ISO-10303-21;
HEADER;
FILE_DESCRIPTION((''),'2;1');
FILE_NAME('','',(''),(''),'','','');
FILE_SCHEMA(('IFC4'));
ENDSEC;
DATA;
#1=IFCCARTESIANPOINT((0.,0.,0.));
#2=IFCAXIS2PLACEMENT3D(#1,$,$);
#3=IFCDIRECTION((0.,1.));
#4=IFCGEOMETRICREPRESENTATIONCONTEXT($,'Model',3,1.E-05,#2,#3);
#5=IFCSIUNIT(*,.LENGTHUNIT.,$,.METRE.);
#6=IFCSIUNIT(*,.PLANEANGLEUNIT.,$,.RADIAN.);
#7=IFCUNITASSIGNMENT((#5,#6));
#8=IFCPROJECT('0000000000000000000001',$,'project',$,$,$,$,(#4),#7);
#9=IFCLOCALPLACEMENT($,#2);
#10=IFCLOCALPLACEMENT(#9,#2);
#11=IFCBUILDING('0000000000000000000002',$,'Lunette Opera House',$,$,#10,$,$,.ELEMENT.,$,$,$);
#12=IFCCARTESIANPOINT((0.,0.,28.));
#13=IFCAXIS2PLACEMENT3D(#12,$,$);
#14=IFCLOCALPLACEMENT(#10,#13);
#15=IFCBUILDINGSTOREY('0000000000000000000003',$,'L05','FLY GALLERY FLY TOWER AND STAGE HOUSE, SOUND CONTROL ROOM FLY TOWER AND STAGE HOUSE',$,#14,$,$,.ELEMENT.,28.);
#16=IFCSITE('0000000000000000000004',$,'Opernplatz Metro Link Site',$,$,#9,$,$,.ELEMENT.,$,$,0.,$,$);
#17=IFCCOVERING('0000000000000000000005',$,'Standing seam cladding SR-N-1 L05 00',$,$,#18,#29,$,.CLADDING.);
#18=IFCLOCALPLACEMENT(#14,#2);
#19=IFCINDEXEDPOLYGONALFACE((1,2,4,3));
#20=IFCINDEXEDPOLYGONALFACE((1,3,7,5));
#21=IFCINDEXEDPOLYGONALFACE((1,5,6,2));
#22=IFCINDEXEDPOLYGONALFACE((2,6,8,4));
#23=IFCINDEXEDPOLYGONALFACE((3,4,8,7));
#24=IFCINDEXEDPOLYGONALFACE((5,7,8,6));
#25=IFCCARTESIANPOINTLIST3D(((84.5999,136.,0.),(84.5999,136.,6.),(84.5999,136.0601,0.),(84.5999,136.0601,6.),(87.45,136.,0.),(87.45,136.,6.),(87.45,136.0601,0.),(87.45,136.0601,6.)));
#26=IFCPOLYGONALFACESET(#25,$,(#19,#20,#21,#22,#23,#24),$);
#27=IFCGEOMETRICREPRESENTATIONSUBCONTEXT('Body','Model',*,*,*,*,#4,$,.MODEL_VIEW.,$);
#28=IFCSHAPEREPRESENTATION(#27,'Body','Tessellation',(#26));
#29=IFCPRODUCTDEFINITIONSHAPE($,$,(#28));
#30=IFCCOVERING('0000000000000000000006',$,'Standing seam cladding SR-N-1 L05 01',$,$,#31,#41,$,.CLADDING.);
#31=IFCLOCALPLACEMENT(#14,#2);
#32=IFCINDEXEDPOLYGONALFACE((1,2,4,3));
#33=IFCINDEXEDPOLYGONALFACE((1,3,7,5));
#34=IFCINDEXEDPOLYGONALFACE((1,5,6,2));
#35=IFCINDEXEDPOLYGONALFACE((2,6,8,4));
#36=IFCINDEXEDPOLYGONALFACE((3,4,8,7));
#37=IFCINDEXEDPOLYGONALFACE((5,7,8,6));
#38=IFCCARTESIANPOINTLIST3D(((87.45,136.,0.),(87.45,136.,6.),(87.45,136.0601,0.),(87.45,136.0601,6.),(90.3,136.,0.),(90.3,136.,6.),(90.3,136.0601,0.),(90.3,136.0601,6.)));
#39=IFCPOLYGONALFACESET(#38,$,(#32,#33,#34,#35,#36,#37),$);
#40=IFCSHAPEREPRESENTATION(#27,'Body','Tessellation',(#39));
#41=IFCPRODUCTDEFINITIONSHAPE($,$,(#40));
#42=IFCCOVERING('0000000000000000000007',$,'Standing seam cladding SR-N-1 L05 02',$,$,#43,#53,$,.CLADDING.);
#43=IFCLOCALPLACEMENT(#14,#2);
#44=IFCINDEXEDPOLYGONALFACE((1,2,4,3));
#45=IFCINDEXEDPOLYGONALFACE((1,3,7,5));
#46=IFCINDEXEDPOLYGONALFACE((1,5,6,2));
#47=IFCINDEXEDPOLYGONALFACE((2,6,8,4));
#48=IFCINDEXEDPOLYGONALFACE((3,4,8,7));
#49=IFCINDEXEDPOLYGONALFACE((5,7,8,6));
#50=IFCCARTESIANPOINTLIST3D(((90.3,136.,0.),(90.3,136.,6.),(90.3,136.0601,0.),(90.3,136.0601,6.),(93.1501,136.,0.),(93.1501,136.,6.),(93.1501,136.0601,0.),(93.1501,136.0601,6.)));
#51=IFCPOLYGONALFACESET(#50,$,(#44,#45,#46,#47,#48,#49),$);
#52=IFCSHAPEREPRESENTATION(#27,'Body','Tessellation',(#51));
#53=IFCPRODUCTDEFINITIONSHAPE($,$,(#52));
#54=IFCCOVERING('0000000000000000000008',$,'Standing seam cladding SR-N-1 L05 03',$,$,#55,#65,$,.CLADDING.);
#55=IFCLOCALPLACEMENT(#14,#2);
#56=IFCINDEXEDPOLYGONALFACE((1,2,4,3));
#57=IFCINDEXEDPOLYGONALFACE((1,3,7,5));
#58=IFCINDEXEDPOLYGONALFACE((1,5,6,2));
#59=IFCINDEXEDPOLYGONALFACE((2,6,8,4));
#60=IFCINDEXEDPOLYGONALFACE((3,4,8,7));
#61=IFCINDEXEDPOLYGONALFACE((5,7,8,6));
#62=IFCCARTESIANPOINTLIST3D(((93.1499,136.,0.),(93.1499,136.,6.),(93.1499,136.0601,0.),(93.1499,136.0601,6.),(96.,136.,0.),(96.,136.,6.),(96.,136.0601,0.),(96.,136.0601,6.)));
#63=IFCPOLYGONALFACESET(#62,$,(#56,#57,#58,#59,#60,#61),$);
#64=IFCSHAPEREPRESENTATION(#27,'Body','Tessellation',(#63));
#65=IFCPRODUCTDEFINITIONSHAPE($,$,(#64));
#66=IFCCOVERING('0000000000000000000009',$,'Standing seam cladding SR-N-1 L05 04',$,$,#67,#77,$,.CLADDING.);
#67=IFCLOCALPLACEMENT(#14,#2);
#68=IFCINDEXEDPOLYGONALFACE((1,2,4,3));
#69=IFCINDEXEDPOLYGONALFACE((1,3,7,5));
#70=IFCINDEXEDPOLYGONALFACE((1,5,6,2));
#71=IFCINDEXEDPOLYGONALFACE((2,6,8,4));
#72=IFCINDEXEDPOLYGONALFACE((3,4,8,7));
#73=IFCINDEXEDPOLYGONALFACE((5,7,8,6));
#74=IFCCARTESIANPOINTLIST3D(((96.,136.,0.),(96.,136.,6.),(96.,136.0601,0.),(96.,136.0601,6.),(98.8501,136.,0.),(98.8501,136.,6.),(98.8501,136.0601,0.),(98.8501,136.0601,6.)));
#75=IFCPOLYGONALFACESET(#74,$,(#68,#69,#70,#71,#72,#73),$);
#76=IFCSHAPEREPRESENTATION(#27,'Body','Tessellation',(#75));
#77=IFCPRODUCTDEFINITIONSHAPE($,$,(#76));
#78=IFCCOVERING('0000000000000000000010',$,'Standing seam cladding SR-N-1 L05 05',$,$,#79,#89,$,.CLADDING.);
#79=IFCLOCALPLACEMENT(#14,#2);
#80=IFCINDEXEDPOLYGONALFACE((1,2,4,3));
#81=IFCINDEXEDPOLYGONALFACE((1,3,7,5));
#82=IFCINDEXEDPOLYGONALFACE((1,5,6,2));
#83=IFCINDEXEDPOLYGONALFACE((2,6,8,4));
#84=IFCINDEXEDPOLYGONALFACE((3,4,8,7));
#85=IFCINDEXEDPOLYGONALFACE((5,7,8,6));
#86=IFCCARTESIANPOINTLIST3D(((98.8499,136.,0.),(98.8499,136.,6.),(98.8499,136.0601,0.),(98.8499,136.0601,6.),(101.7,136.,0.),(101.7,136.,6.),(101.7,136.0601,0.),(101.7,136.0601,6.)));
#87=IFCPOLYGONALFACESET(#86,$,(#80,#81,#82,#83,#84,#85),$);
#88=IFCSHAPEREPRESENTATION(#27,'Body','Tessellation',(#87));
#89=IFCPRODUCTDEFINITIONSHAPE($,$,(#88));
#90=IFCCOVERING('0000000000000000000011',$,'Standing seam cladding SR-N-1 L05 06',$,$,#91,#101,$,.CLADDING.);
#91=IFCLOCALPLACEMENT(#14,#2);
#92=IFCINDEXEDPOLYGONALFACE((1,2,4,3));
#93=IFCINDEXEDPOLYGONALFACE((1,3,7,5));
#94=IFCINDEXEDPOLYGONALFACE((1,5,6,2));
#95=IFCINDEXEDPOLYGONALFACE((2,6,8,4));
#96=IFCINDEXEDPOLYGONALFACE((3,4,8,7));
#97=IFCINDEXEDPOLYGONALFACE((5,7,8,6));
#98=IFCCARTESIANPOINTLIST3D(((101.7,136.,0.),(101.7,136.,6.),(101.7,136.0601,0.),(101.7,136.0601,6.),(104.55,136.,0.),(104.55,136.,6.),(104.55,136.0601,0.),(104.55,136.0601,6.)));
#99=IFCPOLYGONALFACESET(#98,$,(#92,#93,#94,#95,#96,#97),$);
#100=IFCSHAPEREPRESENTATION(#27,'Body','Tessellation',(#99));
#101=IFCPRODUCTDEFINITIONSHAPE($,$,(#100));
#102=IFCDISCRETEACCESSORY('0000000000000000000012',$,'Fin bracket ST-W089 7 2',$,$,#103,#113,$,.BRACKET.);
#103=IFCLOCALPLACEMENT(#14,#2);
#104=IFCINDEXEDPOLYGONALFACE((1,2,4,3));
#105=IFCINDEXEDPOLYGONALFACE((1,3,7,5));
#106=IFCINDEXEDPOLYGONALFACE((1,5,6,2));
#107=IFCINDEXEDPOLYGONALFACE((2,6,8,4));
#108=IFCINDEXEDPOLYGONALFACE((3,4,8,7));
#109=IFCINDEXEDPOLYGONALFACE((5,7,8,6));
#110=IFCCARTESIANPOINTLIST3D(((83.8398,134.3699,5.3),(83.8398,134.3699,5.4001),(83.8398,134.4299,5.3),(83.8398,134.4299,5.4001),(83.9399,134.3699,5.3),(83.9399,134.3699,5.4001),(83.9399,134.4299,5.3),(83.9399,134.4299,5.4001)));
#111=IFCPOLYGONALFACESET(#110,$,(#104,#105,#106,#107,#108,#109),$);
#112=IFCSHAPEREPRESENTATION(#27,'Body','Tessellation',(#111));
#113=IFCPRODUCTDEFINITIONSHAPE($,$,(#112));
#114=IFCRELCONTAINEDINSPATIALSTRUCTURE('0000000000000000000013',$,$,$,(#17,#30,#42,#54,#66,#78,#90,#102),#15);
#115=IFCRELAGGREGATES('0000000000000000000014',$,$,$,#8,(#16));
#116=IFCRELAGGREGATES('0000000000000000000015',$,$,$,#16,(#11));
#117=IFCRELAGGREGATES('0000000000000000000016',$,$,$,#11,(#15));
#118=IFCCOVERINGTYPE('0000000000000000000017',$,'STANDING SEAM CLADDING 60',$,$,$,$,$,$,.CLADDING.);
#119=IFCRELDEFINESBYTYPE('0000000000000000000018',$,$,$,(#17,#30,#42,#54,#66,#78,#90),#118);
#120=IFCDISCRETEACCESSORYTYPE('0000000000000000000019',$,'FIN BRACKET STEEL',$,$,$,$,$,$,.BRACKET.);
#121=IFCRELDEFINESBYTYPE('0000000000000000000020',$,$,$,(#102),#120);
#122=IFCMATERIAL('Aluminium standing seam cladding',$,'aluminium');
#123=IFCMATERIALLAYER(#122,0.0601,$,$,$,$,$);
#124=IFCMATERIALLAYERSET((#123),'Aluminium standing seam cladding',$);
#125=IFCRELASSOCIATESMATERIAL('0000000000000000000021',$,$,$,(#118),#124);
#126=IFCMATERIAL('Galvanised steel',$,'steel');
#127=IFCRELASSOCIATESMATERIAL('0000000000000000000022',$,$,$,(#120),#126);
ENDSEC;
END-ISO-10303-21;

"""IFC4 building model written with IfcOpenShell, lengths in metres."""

from ifc_helpers import new_model, si_unit, direction, frame, origin, origin_2d, place, context, subcontext, project, spatial, rectangle, extrude, material, layer, layer_set, type_object, element, save


model = new_model("IFC4")

# Units and contexts
model_context = context("Model", 3, precision=1e-05, world=origin(), true_north=direction((0.0, 1.0)))
body_context = subcontext(model_context, "Body", "Model", "MODEL_VIEW")
ifc_project = project(units=[si_unit("LENGTHUNIT", "METRE"), si_unit("PLANEANGLEUNIT", "RADIAN")], contexts=[model_context])

# Site, building, storey
site_placement = place(None, origin())
site = spatial("IfcSite", under=ifc_project, at=site_placement, Name="Opernplatz Metro Link Site", CompositionType="ELEMENT", RefElevation=0.0)
building_placement = place(site_placement, origin())
building = spatial("IfcBuilding", under=site, at=building_placement, Name="Lunette Opera House", CompositionType="ELEMENT")
storey_placement = place(building_placement, frame((0.0, 0.0, 28.0)))
storey = spatial("IfcBuildingStorey", under=building, at=storey_placement, Name="L05", Description="FLY GALLERY FLY TOWER AND STAGE HOUSE, SOUND CONTROL ROOM FLY TOWER AND STAGE HOUSE", CompositionType="ELEMENT", Elevation=28.0)

# Coverings
ifc_material_1 = material(Name="Aluminium standing seam cladding", Category="aluminium")
ifc_layer_1 = layer(ifc_material_1, 0.0601)
ifc_layer_set_1 = layer_set([ifc_layer_1], Name="Aluminium standing seam cladding")
covering_type = type_object("IfcCoveringType", Name="STANDING SEAM CLADDING 60", PredefinedType="CLADDING", material=ifc_layer_set_1)
for number, where, z_axis, x_axis, name in (
    (1, (86.0249, 136.03, 0.0), (0.0, 0.0, 1.0), (1.0, 0.0, 0.0), "Standing seam cladding SR-N-1 L05 00"),
    (2, (88.875, 136.03, 0.0), (0.0, 0.0, 1.0), (1.0, 0.0, 0.0), "Standing seam cladding SR-N-1 L05 01"),
    (3, (91.7251, 136.03, 0.0), (0.0, 0.0, 1.0), (1.0, 0.0, 0.0), "Standing seam cladding SR-N-1 L05 02"),
    (4, (94.575, 136.03, 0.0), (0.0, 0.0, 1.0), (1.0, 0.0, 0.0), "Standing seam cladding SR-N-1 L05 03"),
    (5, (97.425, 136.03, 0.0), (0.0, 0.0, 1.0), (1.0, 0.0, 0.0), "Standing seam cladding SR-N-1 L05 04"),
    (6, (100.2749, 136.03, 0.0), (0.0, 0.0, 1.0), (1.0, 0.0, 0.0), "Standing seam cladding SR-N-1 L05 05"),
    (7, (103.125, 136.03, 0.0), (0.0, 0.0, 1.0), (1.0, 0.0, 0.0), "Standing seam cladding SR-N-1 L05 06"),
):
    element("IfcCovering", number, at=place(storey_placement, frame(where, z_axis=z_axis, x_axis=x_axis)), inside=storey, type_object=covering_type, Name=name, PredefinedType="CLADDING", context=body_context, shape_type="SweptSolid", body=[
        extrude(rectangle(XDim=2.8501, YDim=0.0601, at=origin_2d()), origin(), (0.0, 0.0, 1.0), 6.0),
    ])

# Discrete accessory
ifc_material_2 = material(Name="Galvanised steel", Category="steel")
discrete_accessory_type = type_object("IfcDiscreteAccessoryType", Name="FIN BRACKET STEEL", PredefinedType="BRACKET", material=ifc_material_2)
discrete_accessory_placement = place(storey_placement, frame((83.8899, 134.3999, 5.3), z_axis=(0.0, 0.0, 1.0), x_axis=(-1.0, 0.0, 0.0)))
element("IfcDiscreteAccessory", 8, at=discrete_accessory_placement, inside=storey, type_object=discrete_accessory_type, Name="Fin bracket ST-W089 7 2", PredefinedType="BRACKET", context=body_context, shape_type="SweptSolid", body=[
    extrude(rectangle(XDim=0.1001, YDim=0.0601, at=origin_2d()), origin(), (0.0, 0.0, 1.0), 0.1001),
])

save(model, "model.ifc")
